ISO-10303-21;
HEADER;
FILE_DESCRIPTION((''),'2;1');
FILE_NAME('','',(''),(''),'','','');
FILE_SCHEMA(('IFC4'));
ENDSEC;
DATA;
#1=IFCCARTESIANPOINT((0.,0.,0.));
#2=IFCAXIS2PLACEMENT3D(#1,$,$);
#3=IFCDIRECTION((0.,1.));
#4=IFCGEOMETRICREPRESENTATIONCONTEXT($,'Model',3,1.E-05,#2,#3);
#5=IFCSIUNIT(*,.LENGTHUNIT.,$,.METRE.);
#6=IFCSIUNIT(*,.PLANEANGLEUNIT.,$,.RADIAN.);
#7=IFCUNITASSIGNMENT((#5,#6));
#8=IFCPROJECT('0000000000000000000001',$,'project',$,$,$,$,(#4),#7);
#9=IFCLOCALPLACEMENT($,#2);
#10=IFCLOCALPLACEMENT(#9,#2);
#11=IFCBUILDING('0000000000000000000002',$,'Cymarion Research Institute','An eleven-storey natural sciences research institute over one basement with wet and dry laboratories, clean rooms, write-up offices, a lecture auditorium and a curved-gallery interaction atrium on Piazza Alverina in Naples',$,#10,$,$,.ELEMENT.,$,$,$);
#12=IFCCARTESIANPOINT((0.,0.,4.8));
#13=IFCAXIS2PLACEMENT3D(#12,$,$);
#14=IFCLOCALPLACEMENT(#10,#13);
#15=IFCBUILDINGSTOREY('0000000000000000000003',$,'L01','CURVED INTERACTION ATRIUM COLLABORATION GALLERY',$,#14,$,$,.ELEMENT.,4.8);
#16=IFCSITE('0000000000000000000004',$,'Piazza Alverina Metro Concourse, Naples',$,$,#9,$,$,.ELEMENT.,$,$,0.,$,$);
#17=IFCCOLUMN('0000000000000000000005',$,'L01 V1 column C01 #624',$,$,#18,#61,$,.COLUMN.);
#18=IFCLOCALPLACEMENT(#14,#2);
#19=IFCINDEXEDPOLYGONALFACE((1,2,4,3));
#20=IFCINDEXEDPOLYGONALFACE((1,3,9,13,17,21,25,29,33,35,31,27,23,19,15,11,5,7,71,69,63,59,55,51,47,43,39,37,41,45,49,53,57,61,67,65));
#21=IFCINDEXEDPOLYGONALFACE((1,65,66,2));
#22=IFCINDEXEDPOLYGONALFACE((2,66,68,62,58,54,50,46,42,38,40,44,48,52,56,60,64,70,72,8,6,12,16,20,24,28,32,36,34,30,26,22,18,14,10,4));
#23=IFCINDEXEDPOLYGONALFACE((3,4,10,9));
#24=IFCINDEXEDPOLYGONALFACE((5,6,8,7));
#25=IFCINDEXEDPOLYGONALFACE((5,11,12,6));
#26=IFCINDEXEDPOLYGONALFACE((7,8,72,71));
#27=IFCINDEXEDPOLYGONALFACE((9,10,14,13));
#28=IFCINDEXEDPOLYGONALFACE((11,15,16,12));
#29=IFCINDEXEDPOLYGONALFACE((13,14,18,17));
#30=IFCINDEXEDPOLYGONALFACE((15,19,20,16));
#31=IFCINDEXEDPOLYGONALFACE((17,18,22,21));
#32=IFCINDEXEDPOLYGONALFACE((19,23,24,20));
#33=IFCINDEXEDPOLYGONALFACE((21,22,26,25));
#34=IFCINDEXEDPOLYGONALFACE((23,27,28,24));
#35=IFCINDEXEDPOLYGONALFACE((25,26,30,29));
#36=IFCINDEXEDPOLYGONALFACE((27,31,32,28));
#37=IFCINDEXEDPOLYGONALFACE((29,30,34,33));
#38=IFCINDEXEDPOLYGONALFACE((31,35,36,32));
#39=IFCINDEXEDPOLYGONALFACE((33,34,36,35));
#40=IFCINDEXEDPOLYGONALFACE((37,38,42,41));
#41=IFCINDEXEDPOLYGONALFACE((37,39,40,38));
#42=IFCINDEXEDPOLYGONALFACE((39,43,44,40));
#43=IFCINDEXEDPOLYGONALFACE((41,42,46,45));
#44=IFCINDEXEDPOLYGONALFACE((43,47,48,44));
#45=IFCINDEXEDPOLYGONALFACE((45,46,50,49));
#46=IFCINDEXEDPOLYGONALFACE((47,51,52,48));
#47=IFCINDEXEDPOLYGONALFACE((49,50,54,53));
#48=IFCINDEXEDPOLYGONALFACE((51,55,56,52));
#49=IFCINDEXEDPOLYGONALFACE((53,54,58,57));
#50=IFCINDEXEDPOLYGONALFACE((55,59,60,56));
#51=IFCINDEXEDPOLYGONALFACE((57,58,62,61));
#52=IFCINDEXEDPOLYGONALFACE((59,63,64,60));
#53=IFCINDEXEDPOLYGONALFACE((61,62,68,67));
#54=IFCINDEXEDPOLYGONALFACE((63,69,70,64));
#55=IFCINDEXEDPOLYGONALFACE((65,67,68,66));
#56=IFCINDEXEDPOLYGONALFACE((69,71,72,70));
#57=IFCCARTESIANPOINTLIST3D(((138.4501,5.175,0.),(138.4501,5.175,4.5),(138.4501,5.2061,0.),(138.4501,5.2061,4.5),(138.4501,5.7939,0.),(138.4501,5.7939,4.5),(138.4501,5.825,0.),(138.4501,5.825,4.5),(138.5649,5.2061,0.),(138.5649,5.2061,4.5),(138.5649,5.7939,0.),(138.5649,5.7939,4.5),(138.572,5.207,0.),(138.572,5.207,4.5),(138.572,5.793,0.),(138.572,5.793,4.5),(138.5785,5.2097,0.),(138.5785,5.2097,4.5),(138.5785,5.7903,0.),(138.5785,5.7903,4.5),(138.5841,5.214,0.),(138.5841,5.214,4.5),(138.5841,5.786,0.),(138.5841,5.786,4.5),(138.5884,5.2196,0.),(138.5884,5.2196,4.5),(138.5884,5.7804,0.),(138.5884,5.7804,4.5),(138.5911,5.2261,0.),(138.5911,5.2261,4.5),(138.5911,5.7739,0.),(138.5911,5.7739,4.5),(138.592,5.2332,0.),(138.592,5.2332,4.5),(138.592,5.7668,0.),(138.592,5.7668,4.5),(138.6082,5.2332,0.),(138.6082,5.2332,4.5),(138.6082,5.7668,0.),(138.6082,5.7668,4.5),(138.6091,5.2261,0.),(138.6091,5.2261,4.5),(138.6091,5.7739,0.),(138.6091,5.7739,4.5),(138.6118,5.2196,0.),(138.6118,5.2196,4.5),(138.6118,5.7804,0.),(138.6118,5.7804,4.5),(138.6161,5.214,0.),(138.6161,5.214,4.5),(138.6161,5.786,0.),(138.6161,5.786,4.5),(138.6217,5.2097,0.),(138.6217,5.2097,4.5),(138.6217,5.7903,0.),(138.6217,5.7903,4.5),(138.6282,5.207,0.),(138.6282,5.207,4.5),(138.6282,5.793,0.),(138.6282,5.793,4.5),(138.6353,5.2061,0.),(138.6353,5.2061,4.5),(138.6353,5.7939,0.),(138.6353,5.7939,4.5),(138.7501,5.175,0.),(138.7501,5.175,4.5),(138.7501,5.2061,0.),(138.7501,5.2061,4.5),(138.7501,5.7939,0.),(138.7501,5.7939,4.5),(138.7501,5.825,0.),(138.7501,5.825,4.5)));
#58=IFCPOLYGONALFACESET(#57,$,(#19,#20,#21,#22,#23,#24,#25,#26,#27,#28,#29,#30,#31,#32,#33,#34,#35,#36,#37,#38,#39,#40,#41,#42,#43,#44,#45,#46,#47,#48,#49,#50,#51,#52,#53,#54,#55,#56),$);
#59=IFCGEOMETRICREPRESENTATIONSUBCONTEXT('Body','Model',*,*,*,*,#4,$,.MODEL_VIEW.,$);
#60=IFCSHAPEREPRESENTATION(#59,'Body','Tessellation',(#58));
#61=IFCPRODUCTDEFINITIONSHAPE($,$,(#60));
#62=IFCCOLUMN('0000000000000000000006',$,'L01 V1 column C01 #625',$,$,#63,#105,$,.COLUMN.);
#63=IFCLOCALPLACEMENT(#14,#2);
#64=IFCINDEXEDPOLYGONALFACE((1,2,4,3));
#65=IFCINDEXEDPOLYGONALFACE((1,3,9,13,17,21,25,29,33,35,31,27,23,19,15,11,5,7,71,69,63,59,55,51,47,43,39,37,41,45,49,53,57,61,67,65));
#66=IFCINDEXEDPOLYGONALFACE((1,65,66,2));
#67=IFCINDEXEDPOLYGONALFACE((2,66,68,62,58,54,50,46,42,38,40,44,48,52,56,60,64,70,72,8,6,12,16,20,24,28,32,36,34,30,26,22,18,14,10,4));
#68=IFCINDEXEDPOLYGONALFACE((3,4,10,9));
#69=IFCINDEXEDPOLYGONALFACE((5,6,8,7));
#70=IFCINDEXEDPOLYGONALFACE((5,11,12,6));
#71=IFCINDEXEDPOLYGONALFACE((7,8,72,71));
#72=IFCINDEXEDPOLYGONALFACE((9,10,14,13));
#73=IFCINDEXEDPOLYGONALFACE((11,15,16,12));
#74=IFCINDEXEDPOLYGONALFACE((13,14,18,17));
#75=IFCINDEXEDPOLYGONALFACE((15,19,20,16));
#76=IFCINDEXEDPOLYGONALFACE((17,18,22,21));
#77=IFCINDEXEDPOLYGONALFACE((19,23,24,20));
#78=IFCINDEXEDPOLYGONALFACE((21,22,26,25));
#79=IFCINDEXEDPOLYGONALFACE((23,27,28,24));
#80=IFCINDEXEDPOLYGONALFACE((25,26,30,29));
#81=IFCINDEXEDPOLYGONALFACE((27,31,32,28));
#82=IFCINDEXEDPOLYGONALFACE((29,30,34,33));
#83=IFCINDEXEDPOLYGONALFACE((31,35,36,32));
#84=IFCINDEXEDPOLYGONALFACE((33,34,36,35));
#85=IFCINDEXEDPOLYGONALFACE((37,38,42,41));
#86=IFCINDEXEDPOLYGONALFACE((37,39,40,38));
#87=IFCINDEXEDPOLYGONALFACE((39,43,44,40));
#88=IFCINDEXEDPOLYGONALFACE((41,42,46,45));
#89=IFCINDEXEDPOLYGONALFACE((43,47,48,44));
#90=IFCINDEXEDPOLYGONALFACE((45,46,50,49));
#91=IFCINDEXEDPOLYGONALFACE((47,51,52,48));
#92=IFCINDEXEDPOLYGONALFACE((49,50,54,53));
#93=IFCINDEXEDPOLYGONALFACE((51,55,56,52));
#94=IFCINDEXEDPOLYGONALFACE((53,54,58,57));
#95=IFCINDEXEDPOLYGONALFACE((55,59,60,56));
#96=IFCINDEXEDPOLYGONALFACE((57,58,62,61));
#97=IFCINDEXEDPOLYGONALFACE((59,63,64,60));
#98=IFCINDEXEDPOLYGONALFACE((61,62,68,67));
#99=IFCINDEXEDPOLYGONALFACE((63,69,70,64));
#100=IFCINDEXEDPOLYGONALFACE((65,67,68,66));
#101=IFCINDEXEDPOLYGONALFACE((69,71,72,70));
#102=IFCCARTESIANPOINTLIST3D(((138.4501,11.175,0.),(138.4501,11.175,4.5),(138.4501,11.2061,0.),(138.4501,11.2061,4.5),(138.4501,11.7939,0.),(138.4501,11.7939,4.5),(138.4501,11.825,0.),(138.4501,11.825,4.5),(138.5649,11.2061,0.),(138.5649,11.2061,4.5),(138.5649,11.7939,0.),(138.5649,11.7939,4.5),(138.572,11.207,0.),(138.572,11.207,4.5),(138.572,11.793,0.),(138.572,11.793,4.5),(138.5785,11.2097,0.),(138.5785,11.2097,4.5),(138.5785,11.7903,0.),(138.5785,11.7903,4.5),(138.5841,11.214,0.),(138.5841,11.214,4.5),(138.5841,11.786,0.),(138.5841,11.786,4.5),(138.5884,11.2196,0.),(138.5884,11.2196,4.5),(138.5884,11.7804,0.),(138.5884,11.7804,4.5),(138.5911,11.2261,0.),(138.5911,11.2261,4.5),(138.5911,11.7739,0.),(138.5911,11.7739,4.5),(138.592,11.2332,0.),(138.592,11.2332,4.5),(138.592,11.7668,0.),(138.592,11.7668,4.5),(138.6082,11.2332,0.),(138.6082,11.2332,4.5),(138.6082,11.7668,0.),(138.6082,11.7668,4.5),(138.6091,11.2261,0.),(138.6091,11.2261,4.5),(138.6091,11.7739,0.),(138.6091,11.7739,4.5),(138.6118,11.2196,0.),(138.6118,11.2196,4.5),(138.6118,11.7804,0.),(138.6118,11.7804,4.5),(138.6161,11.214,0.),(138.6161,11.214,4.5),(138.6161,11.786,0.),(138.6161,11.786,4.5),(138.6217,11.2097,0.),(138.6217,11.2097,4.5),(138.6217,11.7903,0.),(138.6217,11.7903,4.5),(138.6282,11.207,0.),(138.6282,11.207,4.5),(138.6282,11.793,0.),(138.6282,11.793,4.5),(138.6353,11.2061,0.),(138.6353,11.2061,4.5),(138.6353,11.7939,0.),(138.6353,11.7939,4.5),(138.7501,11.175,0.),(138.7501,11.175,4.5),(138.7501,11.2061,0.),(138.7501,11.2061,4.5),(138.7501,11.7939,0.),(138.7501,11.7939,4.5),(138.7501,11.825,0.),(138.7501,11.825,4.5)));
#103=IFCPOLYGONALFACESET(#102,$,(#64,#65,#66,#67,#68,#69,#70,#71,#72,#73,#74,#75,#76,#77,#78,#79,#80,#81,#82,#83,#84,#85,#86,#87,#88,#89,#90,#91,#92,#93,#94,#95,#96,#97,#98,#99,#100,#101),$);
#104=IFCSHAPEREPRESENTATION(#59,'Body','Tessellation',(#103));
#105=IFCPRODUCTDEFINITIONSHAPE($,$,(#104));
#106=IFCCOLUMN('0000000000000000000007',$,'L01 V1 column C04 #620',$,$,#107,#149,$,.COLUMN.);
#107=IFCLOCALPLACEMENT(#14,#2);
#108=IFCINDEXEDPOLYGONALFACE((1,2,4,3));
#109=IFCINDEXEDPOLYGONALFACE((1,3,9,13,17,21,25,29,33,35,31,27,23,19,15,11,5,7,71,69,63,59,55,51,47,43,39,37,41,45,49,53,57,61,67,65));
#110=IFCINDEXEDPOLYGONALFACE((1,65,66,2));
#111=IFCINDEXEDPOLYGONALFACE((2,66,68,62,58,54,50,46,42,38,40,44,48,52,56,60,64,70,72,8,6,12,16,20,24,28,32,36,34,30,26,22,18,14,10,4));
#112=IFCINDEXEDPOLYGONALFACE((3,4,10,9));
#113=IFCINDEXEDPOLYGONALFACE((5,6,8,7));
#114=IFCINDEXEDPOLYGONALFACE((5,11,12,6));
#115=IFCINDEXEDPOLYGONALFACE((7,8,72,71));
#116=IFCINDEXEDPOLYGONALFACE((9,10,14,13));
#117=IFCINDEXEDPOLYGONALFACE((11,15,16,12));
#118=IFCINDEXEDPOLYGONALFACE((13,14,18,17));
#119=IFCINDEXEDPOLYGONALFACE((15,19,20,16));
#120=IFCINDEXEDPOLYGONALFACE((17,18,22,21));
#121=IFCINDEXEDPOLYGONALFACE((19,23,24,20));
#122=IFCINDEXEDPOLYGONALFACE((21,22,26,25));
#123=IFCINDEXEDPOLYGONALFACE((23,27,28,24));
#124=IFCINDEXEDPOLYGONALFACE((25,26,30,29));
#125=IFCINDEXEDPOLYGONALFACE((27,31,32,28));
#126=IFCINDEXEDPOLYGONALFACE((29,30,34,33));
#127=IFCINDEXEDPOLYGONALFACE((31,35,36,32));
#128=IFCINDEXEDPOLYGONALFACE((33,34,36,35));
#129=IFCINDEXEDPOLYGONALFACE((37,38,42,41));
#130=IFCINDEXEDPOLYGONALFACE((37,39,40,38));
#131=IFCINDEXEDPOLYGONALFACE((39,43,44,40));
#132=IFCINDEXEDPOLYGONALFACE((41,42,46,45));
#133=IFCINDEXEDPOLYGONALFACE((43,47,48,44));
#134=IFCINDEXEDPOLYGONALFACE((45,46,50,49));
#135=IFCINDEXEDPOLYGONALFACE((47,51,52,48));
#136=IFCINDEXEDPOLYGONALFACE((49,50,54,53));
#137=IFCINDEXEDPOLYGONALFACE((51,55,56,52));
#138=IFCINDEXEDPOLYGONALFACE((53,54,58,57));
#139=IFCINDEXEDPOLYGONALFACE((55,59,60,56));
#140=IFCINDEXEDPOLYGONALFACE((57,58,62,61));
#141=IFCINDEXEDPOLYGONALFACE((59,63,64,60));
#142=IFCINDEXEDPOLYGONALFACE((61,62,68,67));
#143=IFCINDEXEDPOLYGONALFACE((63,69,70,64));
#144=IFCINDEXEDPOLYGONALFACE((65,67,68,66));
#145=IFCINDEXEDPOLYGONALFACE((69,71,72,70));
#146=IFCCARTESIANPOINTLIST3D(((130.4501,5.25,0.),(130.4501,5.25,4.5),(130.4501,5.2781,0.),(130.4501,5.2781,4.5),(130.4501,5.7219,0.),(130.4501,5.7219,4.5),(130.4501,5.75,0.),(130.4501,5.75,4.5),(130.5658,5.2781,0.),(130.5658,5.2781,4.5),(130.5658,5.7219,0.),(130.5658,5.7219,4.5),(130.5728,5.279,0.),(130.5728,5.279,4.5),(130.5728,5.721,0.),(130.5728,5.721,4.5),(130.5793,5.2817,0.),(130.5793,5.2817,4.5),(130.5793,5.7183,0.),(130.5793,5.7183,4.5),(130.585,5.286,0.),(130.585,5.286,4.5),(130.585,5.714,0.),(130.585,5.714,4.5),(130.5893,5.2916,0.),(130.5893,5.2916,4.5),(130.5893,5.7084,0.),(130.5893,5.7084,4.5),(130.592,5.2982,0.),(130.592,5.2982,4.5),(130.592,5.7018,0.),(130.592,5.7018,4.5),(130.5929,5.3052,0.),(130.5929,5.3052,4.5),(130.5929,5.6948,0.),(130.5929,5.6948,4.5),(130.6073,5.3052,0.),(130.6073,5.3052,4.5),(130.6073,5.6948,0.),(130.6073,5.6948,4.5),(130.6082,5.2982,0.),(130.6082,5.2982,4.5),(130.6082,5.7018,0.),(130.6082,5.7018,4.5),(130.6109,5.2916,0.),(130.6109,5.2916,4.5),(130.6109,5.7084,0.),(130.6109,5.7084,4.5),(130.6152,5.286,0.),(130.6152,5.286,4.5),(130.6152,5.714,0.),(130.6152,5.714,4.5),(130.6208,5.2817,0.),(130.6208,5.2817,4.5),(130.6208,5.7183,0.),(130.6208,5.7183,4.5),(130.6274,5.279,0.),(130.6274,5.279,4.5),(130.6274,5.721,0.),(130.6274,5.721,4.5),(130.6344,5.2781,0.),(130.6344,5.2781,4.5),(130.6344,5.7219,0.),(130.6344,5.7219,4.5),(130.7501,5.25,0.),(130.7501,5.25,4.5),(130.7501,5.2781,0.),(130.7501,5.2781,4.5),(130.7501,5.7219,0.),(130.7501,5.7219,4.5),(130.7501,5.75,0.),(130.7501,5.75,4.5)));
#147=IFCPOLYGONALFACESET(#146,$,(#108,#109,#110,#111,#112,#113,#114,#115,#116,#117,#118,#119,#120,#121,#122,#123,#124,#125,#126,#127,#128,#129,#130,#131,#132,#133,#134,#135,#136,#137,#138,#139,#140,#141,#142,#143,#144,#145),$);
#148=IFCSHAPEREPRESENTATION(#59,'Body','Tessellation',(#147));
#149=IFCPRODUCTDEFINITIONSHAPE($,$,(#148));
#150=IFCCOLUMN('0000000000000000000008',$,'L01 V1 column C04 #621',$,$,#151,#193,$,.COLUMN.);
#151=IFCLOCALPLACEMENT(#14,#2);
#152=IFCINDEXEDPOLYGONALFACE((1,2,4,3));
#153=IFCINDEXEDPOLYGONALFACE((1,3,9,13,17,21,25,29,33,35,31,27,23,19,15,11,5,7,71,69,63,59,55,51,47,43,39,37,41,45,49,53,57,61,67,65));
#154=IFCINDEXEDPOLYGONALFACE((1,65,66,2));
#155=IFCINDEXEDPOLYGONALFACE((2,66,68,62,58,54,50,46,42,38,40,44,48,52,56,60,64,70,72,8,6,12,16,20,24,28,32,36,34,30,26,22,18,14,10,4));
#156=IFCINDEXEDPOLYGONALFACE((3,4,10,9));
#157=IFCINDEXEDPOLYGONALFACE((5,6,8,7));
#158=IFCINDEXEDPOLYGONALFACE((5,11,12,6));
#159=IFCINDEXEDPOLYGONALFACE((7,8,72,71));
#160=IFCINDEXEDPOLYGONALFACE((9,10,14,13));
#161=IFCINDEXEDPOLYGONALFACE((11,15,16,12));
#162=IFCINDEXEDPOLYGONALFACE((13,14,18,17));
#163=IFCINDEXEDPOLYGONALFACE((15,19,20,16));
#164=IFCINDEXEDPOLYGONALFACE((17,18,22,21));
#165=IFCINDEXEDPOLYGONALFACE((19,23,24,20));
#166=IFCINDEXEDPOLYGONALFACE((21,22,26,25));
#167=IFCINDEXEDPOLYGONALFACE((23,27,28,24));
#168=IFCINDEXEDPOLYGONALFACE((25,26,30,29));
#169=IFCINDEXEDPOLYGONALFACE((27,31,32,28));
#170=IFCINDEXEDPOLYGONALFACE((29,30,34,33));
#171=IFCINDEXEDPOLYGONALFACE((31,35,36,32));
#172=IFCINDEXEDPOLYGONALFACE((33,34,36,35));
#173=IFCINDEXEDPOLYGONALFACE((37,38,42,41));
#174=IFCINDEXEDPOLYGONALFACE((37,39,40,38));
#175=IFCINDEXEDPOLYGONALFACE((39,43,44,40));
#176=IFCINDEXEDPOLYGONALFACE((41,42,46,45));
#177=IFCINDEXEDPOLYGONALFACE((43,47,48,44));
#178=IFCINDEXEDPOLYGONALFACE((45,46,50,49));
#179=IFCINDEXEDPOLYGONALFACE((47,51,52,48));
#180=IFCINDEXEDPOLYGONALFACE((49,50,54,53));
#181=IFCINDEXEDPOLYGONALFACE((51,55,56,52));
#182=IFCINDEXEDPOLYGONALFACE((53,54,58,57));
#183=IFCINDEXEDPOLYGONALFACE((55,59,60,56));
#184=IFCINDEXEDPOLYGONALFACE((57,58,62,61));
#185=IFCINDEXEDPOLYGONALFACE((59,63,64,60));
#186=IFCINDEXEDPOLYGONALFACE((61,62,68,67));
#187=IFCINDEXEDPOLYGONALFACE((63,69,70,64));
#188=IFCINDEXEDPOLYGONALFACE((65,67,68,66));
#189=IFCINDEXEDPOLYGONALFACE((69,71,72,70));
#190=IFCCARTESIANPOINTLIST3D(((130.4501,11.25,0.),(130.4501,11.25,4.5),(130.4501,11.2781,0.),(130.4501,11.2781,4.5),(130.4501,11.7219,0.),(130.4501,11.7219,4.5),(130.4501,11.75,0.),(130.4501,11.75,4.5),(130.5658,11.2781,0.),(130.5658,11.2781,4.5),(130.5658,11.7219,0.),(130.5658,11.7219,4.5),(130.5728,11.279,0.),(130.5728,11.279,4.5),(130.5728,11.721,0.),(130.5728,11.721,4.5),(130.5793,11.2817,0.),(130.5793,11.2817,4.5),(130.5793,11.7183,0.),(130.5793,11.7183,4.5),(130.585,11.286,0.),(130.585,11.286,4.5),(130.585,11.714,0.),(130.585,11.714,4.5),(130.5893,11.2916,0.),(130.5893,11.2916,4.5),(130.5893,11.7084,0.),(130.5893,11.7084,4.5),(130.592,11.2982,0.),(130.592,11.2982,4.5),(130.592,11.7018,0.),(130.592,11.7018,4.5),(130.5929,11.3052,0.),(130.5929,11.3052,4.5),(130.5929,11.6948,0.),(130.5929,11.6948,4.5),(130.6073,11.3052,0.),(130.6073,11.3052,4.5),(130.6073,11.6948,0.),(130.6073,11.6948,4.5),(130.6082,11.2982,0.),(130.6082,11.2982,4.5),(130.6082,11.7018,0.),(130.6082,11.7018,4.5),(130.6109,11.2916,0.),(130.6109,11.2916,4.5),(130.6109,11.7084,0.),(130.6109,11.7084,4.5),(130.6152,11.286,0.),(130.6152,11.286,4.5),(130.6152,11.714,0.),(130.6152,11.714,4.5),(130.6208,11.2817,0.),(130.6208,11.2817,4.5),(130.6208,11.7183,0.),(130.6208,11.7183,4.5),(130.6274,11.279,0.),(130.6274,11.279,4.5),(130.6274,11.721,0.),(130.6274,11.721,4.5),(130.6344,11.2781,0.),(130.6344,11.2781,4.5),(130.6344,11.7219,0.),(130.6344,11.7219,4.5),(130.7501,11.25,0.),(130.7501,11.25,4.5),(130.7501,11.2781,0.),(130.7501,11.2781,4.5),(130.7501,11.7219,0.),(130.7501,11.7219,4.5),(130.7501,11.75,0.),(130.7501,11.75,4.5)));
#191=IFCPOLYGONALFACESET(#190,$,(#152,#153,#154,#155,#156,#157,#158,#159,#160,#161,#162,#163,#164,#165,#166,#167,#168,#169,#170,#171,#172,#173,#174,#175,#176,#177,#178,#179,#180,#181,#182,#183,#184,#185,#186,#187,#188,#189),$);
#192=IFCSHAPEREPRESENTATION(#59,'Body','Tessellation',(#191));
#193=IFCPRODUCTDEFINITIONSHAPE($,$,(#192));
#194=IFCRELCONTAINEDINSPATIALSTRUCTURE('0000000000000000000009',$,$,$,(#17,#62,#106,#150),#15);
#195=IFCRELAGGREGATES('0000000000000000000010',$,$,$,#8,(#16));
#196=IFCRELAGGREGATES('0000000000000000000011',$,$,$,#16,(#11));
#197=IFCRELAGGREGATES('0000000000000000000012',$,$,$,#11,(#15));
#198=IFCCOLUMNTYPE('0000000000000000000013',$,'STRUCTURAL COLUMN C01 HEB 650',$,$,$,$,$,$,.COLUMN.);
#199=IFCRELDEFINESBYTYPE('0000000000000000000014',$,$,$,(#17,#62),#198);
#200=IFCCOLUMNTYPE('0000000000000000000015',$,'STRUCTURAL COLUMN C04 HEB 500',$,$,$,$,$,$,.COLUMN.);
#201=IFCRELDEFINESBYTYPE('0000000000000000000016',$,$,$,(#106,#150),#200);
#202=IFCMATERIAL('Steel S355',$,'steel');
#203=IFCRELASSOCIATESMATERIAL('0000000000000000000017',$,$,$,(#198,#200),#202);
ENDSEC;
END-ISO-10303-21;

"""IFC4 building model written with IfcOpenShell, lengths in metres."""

from ifc_helpers import new_model, si_unit, direction, frame, origin, origin_2d, place, context, subcontext, project, spatial, i_section, extrude, material, material_profile, profile_set, type_object, element, save


model = new_model("IFC4")

# Units and contexts
model_context = context("Model", 3, precision=1e-05, world=origin(), true_north=direction((0.0, 1.0)))
body_context = subcontext(model_context, "Body", "Model", "MODEL_VIEW")
ifc_project = project(units=[si_unit("LENGTHUNIT", "METRE"), si_unit("PLANEANGLEUNIT", "RADIAN")], contexts=[model_context])

# Site, building, storey
site_placement = place(None, origin())
site = spatial("IfcSite", under=ifc_project, at=site_placement, Name="Piazza Alverina Metro Concourse, Naples", CompositionType="ELEMENT", RefElevation=0.0)
building_placement = place(site_placement, origin())
building = spatial("IfcBuilding", under=site, at=building_placement, Name="Cymarion Research Institute", Description="An eleven-storey natural sciences research institute over one basement with wet and dry laboratories, clean rooms, write-up offices, a lecture auditorium and a curved-gallery interaction atrium on Piazza Alverina in Naples", CompositionType="ELEMENT")
storey_placement = place(building_placement, frame((0.0, 0.0, 4.8)))
storey = spatial("IfcBuildingStorey", under=building, at=storey_placement, Name="L01", Description="CURVED INTERACTION ATRIUM COLLABORATION GALLERY", CompositionType="ELEMENT", Elevation=4.8)

# Columns
ifc_material_1 = material(Name="Steel S355", Category="steel")
ifc_material_profile_1 = material_profile(ifc_material_1, i_section(OverallWidth=0.3, OverallDepth=0.6499, WebThickness=0.0161, FlangeThickness=0.031, FilletRadius=0.0271, at=origin_2d()), Name="HEB 650")
ifc_profile_set_1 = profile_set([ifc_material_profile_1], Name="Steel S355")
column_type_1 = type_object("IfcColumnType", Name="STRUCTURAL COLUMN C01 HEB 650", PredefinedType="COLUMN", material=ifc_profile_set_1)
for number, where, z_axis, x_axis, name in (
    (1, (138.6001, 5.5, 0.0), (0.0, 0.0, 1.0), (1.0, 0.0, 0.0), "L01 V1 column C01 #624"),
    (2, (138.6001, 11.5, 0.0), (0.0, 0.0, 1.0), (1.0, 0.0, 0.0), "L01 V1 column C01 #625"),
):
    element("IfcColumn", number, at=place(storey_placement, frame(where, z_axis=z_axis, x_axis=x_axis)), inside=storey, type_object=column_type_1, Name=name, PredefinedType="COLUMN", context=body_context, shape_type="SweptSolid", body=[
        extrude(i_section(OverallWidth=0.3, OverallDepth=0.6499, WebThickness=0.0161, FlangeThickness=0.031, FilletRadius=0.0271, at=origin_2d()), origin(), (0.0, 0.0, 1.0), 4.5),
    ])
ifc_material_profile_2 = material_profile(ifc_material_1, i_section(OverallWidth=0.3, OverallDepth=0.5, WebThickness=0.0144, FlangeThickness=0.0281, FilletRadius=0.0271, at=origin_2d()), Name="HEB 500")
ifc_profile_set_2 = profile_set([ifc_material_profile_2], Name="Steel S355")
column_type_2 = type_object("IfcColumnType", Name="STRUCTURAL COLUMN C04 HEB 500", PredefinedType="COLUMN", material=ifc_profile_set_2)
for number, where, z_axis, x_axis, name in (
    (3, (130.6001, 5.5, 0.0), (0.0, 0.0, 1.0), (1.0, 0.0, 0.0), "L01 V1 column C04 #620"),
    (4, (130.6001, 11.5, 0.0), (0.0, 0.0, 1.0), (1.0, 0.0, 0.0), "L01 V1 column C04 #621"),
):
    element("IfcColumn", number, at=place(storey_placement, frame(where, z_axis=z_axis, x_axis=x_axis)), inside=storey, type_object=column_type_2, Name=name, PredefinedType="COLUMN", context=body_context, shape_type="SweptSolid", body=[
        extrude(i_section(OverallWidth=0.3, OverallDepth=0.5, WebThickness=0.0144, FlangeThickness=0.0281, FilletRadius=0.0271, at=origin_2d()), origin(), (0.0, 0.0, 1.0), 4.5),
    ])

save(model, "model.ifc")
